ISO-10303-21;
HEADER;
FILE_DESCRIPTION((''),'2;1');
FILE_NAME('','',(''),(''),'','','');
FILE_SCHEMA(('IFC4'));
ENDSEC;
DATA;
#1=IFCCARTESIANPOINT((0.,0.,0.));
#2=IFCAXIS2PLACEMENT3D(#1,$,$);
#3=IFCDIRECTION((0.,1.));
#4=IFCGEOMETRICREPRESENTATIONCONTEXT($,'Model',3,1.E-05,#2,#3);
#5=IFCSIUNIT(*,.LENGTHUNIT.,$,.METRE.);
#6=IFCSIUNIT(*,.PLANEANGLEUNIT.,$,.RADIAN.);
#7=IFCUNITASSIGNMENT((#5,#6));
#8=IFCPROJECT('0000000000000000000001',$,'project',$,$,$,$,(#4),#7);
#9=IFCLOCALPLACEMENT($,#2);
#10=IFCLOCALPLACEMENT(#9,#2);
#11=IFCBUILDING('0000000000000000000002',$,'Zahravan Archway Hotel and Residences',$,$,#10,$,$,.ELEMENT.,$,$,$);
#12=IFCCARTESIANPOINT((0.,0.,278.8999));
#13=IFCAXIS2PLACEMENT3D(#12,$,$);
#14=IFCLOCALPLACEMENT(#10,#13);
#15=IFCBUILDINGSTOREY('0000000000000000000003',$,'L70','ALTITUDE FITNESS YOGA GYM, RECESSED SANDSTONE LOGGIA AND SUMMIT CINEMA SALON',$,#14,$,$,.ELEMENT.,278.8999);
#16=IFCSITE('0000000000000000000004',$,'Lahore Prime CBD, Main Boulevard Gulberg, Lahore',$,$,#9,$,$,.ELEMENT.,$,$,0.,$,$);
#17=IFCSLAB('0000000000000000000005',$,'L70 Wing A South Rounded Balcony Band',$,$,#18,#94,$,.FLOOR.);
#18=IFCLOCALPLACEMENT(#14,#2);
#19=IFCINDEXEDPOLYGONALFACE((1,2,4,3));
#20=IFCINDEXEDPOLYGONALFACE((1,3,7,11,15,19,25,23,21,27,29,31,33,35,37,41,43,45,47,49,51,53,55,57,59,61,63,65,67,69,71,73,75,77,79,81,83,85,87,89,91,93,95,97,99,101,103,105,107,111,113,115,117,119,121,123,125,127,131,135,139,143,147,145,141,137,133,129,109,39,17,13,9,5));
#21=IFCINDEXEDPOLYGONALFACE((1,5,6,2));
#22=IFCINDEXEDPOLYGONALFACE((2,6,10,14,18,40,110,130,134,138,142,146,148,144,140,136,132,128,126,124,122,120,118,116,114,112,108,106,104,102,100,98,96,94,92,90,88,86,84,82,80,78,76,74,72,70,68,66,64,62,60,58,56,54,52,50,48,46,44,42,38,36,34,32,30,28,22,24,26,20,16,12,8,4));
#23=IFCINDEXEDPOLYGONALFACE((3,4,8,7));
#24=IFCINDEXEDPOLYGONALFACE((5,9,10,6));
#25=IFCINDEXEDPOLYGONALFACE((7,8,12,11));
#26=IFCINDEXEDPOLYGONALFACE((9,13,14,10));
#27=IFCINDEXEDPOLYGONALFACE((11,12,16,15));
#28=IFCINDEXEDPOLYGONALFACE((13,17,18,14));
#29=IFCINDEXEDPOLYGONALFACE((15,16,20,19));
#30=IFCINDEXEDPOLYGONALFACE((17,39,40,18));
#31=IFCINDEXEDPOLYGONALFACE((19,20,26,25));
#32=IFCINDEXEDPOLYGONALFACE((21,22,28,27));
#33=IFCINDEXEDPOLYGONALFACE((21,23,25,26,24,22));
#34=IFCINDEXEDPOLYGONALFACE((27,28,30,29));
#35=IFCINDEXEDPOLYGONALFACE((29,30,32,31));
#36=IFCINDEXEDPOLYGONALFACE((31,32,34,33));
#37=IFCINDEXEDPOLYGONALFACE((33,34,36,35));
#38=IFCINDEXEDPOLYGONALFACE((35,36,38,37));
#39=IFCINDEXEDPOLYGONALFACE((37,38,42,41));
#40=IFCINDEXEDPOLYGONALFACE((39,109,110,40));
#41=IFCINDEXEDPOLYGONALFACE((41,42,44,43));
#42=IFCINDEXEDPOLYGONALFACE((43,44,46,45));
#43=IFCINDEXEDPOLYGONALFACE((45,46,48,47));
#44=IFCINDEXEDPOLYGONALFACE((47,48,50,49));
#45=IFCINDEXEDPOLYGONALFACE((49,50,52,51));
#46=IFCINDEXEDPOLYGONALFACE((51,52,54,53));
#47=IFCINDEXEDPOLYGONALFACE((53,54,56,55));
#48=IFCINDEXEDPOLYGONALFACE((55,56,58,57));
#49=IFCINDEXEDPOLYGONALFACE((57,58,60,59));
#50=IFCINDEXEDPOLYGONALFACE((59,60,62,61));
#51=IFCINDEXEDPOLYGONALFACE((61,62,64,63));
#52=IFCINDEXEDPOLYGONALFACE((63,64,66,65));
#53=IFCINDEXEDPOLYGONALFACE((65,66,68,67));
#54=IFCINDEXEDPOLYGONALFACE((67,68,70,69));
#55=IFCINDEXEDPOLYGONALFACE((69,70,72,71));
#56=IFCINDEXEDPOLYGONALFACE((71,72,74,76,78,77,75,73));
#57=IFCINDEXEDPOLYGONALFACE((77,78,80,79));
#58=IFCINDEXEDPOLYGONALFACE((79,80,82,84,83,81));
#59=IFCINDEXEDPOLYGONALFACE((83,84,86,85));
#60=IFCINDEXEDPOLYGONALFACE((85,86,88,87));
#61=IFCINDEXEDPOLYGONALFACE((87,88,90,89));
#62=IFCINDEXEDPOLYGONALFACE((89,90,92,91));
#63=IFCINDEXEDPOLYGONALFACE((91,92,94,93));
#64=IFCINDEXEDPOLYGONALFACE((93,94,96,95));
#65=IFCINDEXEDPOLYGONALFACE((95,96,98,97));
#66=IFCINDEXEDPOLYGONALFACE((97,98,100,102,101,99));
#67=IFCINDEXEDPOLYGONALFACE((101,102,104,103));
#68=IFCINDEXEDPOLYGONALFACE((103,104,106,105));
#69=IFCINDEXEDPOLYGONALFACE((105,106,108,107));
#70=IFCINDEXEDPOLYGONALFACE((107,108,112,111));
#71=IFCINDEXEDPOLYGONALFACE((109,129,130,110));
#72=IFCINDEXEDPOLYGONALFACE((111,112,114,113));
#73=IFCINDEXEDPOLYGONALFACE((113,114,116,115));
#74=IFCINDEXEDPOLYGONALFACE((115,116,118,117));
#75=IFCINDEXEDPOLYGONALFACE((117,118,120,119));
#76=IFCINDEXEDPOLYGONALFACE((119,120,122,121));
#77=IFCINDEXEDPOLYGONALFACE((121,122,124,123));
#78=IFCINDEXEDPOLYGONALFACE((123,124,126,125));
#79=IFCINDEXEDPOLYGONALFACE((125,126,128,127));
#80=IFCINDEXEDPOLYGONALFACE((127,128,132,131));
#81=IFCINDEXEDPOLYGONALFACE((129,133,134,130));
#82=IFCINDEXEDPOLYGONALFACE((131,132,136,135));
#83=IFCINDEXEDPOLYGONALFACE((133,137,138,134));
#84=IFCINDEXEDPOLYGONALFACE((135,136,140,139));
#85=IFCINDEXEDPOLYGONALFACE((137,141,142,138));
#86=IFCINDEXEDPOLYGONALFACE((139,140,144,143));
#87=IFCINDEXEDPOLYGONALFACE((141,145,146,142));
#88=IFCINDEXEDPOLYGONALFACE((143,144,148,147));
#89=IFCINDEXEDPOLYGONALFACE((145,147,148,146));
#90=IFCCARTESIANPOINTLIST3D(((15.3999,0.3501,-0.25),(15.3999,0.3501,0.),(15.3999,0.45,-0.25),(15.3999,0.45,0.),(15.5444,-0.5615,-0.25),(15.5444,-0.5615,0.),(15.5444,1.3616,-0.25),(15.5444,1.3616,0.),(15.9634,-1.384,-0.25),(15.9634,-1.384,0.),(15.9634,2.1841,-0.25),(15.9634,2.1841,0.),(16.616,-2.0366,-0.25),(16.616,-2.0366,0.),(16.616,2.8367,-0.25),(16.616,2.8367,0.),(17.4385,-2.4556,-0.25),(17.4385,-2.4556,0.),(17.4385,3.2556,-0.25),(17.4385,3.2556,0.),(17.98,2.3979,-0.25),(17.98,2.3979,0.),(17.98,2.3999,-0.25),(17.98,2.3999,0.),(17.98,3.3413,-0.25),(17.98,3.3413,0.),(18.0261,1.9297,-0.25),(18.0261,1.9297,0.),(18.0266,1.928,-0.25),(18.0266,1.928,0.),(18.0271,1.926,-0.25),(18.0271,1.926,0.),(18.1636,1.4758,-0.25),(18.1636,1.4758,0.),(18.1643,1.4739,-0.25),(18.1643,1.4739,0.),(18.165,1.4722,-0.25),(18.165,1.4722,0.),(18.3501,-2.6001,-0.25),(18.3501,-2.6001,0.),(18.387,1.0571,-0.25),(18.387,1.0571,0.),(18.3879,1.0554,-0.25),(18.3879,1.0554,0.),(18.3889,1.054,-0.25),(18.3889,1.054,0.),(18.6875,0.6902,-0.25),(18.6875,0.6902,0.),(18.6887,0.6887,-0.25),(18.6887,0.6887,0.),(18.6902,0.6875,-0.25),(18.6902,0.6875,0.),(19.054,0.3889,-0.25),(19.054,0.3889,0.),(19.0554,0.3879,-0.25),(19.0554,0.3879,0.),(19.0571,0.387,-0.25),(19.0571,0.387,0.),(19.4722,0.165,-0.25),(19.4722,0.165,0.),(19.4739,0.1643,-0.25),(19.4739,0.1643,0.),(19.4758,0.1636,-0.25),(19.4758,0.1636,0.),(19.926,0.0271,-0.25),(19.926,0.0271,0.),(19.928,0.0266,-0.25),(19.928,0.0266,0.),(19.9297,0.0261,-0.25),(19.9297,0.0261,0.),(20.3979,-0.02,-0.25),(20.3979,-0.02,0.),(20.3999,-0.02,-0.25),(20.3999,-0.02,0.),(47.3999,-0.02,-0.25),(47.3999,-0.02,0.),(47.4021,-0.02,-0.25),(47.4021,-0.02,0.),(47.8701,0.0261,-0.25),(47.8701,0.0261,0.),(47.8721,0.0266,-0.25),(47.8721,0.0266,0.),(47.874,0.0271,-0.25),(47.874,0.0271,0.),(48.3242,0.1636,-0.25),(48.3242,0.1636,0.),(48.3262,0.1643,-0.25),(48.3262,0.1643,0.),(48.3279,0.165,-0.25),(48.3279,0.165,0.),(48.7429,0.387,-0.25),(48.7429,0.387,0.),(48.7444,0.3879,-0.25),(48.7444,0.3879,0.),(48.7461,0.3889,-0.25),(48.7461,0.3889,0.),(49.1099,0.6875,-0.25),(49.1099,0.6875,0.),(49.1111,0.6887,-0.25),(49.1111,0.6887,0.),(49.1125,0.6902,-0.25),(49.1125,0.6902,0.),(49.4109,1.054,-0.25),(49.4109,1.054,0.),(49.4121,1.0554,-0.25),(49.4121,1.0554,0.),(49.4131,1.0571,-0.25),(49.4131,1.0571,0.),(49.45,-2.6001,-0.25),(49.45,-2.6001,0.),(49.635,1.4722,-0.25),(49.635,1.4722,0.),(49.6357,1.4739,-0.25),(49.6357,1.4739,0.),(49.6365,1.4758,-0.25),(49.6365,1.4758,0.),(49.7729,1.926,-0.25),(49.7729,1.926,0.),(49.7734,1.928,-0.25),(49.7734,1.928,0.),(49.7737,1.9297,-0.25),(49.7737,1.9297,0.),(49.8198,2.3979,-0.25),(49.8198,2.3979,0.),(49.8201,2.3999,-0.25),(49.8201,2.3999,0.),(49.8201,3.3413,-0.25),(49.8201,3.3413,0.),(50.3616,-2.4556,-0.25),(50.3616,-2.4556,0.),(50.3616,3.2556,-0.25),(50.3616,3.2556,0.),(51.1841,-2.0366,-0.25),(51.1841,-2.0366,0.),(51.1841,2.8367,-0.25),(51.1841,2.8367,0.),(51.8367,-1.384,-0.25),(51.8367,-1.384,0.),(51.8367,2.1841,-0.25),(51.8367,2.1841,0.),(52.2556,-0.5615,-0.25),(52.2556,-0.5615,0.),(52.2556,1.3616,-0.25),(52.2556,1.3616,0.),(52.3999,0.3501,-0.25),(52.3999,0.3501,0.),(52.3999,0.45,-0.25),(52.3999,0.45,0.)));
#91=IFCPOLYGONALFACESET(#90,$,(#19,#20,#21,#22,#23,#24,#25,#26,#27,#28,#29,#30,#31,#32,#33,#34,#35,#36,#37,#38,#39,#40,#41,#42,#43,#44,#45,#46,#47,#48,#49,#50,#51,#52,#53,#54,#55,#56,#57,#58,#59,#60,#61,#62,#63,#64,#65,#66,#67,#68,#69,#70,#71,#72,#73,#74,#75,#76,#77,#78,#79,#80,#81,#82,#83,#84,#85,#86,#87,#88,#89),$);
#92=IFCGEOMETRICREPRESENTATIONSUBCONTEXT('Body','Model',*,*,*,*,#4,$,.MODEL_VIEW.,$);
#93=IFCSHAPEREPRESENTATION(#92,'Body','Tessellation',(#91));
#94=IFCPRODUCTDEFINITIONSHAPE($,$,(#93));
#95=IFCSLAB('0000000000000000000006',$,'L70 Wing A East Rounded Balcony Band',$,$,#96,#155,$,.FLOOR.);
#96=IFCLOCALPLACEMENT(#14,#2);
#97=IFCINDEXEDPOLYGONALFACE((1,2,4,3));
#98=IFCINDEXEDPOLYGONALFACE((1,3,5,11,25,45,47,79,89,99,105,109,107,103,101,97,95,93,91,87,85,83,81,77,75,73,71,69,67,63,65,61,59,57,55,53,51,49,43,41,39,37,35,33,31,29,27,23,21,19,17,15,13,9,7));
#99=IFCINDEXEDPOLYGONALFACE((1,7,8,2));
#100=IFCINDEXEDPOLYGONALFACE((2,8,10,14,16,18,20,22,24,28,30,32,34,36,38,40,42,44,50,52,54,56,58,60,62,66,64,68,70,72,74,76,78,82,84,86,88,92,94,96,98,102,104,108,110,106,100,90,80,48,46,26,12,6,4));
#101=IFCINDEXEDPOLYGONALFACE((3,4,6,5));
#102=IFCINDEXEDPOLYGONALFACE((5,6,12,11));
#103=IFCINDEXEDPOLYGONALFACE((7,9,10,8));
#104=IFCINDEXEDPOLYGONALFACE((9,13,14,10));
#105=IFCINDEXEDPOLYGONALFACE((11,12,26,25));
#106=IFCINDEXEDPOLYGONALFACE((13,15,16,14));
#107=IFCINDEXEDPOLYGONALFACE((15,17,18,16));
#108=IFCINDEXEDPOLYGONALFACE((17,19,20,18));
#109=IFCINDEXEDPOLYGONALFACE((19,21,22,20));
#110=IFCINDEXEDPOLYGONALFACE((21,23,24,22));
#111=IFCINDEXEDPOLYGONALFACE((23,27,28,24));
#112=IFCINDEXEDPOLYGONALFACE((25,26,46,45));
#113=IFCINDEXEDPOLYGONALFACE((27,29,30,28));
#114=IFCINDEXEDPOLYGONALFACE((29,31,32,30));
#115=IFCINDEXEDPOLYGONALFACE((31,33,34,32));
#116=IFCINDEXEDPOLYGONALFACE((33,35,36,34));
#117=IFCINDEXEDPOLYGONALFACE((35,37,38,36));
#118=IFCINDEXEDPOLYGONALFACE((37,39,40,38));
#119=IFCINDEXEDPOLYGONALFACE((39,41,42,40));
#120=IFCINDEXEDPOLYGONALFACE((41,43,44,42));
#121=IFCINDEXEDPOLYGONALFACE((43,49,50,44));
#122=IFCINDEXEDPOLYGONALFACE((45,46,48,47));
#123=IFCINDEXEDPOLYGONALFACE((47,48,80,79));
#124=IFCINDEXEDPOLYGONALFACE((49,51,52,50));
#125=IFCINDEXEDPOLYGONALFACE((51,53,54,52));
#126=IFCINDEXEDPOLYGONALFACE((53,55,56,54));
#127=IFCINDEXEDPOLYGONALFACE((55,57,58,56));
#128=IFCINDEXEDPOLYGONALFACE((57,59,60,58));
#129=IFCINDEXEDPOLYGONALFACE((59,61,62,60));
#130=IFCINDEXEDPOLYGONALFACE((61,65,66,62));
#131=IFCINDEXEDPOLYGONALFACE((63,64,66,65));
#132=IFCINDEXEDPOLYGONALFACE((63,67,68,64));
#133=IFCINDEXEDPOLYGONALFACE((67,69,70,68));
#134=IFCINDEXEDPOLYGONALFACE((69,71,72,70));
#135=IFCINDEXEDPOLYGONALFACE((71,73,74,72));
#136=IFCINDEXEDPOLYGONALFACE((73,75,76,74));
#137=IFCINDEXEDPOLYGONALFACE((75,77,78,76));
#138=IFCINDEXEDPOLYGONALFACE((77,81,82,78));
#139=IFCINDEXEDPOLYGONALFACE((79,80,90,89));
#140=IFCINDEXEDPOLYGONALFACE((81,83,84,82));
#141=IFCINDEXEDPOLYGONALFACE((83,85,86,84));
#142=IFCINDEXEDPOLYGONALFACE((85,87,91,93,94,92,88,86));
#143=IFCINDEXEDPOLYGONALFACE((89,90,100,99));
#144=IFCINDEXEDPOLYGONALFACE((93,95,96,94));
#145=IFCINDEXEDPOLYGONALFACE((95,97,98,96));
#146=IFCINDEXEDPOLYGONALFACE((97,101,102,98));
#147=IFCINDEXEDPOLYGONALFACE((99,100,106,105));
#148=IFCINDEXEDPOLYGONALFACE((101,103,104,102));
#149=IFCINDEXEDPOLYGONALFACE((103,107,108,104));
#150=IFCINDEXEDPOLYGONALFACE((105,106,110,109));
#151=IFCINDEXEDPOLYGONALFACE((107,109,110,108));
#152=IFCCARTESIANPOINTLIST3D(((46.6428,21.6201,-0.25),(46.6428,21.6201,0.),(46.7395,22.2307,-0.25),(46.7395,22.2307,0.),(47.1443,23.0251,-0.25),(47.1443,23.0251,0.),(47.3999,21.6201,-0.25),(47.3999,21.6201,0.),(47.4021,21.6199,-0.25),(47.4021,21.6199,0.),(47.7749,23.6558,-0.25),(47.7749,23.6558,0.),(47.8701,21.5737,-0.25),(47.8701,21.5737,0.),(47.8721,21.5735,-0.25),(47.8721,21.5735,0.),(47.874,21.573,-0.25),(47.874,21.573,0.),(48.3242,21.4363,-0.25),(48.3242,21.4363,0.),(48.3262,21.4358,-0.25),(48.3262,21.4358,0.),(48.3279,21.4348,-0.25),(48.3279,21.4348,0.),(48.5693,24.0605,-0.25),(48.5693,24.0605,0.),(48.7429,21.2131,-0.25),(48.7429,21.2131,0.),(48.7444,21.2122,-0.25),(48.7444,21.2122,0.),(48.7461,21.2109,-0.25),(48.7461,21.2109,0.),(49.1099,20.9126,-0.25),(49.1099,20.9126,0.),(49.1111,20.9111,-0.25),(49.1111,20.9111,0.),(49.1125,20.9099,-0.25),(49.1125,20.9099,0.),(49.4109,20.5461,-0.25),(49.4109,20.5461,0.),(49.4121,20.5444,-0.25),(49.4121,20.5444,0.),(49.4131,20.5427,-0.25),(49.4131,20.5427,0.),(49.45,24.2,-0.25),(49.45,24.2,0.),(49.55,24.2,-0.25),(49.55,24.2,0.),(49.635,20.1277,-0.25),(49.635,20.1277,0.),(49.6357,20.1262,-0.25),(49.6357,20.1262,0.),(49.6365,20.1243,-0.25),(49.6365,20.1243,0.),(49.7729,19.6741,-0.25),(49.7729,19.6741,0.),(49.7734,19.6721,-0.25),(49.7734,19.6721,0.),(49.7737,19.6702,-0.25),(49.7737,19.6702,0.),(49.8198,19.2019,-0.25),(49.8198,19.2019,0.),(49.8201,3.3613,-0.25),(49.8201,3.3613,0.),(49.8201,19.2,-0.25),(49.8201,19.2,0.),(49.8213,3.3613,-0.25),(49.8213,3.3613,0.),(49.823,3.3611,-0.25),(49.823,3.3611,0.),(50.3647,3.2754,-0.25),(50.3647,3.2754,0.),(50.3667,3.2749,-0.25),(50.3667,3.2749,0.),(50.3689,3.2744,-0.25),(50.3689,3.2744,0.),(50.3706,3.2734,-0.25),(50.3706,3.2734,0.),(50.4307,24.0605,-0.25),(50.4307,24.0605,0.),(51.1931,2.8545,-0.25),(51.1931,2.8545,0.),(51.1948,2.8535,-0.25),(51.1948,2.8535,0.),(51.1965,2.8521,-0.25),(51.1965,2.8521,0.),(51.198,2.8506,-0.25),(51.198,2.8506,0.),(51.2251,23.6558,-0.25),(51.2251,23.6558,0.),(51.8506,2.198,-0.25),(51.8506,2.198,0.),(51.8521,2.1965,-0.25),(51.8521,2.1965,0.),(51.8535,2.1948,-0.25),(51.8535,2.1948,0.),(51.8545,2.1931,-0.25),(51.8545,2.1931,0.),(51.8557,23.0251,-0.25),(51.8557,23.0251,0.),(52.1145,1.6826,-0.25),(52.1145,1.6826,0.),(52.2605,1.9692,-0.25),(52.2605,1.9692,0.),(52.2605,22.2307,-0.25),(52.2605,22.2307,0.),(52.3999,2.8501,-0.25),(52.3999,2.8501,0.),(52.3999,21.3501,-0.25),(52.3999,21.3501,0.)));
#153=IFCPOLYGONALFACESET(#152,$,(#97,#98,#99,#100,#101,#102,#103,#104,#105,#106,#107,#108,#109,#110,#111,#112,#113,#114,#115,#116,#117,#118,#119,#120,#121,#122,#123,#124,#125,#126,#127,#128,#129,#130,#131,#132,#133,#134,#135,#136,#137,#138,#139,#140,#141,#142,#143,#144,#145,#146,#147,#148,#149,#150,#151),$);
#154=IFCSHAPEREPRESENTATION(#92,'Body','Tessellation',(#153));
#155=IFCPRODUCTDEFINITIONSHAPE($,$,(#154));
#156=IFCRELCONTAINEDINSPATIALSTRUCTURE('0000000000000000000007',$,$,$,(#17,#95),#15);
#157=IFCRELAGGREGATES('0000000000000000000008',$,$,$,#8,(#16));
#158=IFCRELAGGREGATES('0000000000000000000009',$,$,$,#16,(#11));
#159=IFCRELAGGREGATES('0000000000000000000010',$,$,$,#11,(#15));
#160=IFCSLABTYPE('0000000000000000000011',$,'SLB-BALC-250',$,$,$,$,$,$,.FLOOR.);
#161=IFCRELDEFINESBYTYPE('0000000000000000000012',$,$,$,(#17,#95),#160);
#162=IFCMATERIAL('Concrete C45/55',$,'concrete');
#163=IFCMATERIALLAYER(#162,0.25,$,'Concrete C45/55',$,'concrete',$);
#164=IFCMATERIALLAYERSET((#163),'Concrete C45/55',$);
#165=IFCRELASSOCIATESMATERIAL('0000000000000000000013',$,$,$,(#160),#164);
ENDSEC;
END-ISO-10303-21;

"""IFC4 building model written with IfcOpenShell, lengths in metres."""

from ifc_helpers import new_model, si_unit, direction, frame, origin, place, context, subcontext, project, spatial, polyline, outline, extrude, material, layer, layer_set, type_object, element, save


model = new_model("IFC4")

# Units and contexts
model_context = context("Model", 3, precision=1e-05, world=origin(), true_north=direction((0.0, 1.0)))
body_context = subcontext(model_context, "Body", "Model", "MODEL_VIEW")
ifc_project = project(units=[si_unit("LENGTHUNIT", "METRE"), si_unit("PLANEANGLEUNIT", "RADIAN")], contexts=[model_context])

# Site, building, storey
site_placement = place(None, origin())
site = spatial("IfcSite", under=ifc_project, at=site_placement, Name="Lahore Prime CBD, Main Boulevard Gulberg, Lahore", CompositionType="ELEMENT", RefElevation=0.0)
building_placement = place(site_placement, origin())
building = spatial("IfcBuilding", under=site, at=building_placement, Name="Zahravan Archway Hotel and Residences", CompositionType="ELEMENT")
storey_placement = place(building_placement, frame((0.0, 0.0, 278.8999)))
storey = spatial("IfcBuildingStorey", under=building, at=storey_placement, Name="L70", Description="ALTITUDE FITNESS YOGA GYM, RECESSED SANDSTONE LOGGIA AND SUMMIT CINEMA SALON", CompositionType="ELEMENT", Elevation=278.8999)

# Slabs
ifc_material_1 = material(Name="Concrete C45/55", Category="concrete")
ifc_layer_1 = layer(ifc_material_1, 0.25, Name="Concrete C45/55", Category="concrete")
ifc_layer_set_1 = layer_set([ifc_layer_1], Name="Concrete C45/55")
slab_type_1 = type_object("IfcSlabType", Name="SLB-BALC-250", PredefinedType="FLOOR", material=ifc_layer_set_1)
slab_1_placement = place(storey_placement, frame((0.0, 0.0, -0.25)))
element("IfcSlab", 1, at=slab_1_placement, inside=storey, type_object=slab_type_1, Name="L70 Wing A South Rounded Balcony Band", PredefinedType="FLOOR", context=body_context, shape_type="SweptSolid", body=[
    extrude(outline(polyline([(50.3616, 3.2556), (51.1841, 2.8367), (51.8367, 2.1841), (52.2556, 1.3616), (52.3999, 0.45), (52.3999, 0.3501), (52.2556, -0.5615), (51.8367, -1.384), (51.1841, -2.0366), (50.3616, -2.4556), (49.45, -2.6001), (18.3501, -2.6001), (17.4385, -2.4556), (16.616, -2.0366), (15.9634, -1.384), (15.5444, -0.5615), (15.3999, 0.3501), (15.3999, 0.45), (15.5444, 1.3616), (15.9634, 2.1841), (16.616, 2.8367), (17.4385, 3.2556), (17.98, 3.3413), (17.98, 2.3999), (17.98, 2.3979), (18.0261, 1.9297), (18.0266, 1.928), (18.0271, 1.926), (18.1636, 1.4758), (18.1643, 1.4739), (18.165, 1.4722), (18.387, 1.0571), (18.3879, 1.0554), (18.3889, 1.054), (18.6875, 0.6902), (18.6887, 0.6887), (18.6902, 0.6875), (19.054, 0.3889), (19.0554, 0.3879), (19.0571, 0.387), (19.4722, 0.165), (19.4739, 0.1643), (19.4758, 0.1636), (19.926, 0.0271), (19.928, 0.0266), (19.9297, 0.0261), (20.3979, -0.02), (20.3999, -0.02), (47.3999, -0.02), (47.4021, -0.02), (47.8701, 0.0261), (47.8721, 0.0266), (47.874, 0.0271), (48.3242, 0.1636), (48.3262, 0.1643), (48.3279, 0.165), (48.7429, 0.387), (48.7444, 0.3879), (48.7461, 0.3889), (49.1099, 0.6875), (49.1111, 0.6887), (49.1125, 0.6902), (49.4109, 1.054), (49.4121, 1.0554), (49.4131, 1.0571), (49.635, 1.4722), (49.6357, 1.4739), (49.6365, 1.4758), (49.7729, 1.926), (49.7734, 1.928), (49.7737, 1.9297), (49.8198, 2.3979), (49.8201, 2.3999), (49.8201, 3.3413), (50.3616, 3.2556)])), origin(), (0.0, 0.0, 1.0), 0.25),
])
slab_2_placement = place(storey_placement, frame((0.0, 0.0, -0.25)))
element("IfcSlab", 2, at=slab_2_placement, inside=storey, type_object=slab_type_1, Name="L70 Wing A East Rounded Balcony Band", PredefinedType="FLOOR", context=body_context, shape_type="SweptSolid", body=[
    extrude(outline(polyline([(46.7395, 22.2307), (47.1443, 23.0251), (47.7749, 23.6558), (48.5693, 24.0605), (49.45, 24.2), (49.55, 24.2), (50.4307, 24.0605), (51.2251, 23.6558), (51.8557, 23.0251), (52.2605, 22.2307), (52.3999, 21.3501), (52.3999, 2.8501), (52.2605, 1.9692), (52.1145, 1.6826), (51.8545, 2.1931), (51.8535, 2.1948), (51.8521, 2.1965), (51.8506, 2.198), (51.198, 2.8506), (51.1965, 2.8521), (51.1948, 2.8535), (51.1931, 2.8545), (50.3706, 3.2734), (50.3689, 3.2744), (50.3667, 3.2749), (50.3647, 3.2754), (49.823, 3.3611), (49.8213, 3.3613), (49.8201, 3.3613), (49.8201, 19.2), (49.8198, 19.2019), (49.7737, 19.6702), (49.7734, 19.6721), (49.7729, 19.6741), (49.6365, 20.1243), (49.6357, 20.1262), (49.635, 20.1277), (49.4131, 20.5427), (49.4121, 20.5444), (49.4109, 20.5461), (49.1125, 20.9099), (49.1111, 20.9111), (49.1099, 20.9126), (48.7461, 21.2109), (48.7444, 21.2122), (48.7429, 21.2131), (48.3279, 21.4348), (48.3262, 21.4358), (48.3242, 21.4363), (47.874, 21.573), (47.8721, 21.5735), (47.8701, 21.5737), (47.4021, 21.6199), (47.3999, 21.6201), (46.6428, 21.6201), (46.7395, 22.2307)])), origin(), (0.0, 0.0, 1.0), 0.25),
])

save(model, "model.ifc")
